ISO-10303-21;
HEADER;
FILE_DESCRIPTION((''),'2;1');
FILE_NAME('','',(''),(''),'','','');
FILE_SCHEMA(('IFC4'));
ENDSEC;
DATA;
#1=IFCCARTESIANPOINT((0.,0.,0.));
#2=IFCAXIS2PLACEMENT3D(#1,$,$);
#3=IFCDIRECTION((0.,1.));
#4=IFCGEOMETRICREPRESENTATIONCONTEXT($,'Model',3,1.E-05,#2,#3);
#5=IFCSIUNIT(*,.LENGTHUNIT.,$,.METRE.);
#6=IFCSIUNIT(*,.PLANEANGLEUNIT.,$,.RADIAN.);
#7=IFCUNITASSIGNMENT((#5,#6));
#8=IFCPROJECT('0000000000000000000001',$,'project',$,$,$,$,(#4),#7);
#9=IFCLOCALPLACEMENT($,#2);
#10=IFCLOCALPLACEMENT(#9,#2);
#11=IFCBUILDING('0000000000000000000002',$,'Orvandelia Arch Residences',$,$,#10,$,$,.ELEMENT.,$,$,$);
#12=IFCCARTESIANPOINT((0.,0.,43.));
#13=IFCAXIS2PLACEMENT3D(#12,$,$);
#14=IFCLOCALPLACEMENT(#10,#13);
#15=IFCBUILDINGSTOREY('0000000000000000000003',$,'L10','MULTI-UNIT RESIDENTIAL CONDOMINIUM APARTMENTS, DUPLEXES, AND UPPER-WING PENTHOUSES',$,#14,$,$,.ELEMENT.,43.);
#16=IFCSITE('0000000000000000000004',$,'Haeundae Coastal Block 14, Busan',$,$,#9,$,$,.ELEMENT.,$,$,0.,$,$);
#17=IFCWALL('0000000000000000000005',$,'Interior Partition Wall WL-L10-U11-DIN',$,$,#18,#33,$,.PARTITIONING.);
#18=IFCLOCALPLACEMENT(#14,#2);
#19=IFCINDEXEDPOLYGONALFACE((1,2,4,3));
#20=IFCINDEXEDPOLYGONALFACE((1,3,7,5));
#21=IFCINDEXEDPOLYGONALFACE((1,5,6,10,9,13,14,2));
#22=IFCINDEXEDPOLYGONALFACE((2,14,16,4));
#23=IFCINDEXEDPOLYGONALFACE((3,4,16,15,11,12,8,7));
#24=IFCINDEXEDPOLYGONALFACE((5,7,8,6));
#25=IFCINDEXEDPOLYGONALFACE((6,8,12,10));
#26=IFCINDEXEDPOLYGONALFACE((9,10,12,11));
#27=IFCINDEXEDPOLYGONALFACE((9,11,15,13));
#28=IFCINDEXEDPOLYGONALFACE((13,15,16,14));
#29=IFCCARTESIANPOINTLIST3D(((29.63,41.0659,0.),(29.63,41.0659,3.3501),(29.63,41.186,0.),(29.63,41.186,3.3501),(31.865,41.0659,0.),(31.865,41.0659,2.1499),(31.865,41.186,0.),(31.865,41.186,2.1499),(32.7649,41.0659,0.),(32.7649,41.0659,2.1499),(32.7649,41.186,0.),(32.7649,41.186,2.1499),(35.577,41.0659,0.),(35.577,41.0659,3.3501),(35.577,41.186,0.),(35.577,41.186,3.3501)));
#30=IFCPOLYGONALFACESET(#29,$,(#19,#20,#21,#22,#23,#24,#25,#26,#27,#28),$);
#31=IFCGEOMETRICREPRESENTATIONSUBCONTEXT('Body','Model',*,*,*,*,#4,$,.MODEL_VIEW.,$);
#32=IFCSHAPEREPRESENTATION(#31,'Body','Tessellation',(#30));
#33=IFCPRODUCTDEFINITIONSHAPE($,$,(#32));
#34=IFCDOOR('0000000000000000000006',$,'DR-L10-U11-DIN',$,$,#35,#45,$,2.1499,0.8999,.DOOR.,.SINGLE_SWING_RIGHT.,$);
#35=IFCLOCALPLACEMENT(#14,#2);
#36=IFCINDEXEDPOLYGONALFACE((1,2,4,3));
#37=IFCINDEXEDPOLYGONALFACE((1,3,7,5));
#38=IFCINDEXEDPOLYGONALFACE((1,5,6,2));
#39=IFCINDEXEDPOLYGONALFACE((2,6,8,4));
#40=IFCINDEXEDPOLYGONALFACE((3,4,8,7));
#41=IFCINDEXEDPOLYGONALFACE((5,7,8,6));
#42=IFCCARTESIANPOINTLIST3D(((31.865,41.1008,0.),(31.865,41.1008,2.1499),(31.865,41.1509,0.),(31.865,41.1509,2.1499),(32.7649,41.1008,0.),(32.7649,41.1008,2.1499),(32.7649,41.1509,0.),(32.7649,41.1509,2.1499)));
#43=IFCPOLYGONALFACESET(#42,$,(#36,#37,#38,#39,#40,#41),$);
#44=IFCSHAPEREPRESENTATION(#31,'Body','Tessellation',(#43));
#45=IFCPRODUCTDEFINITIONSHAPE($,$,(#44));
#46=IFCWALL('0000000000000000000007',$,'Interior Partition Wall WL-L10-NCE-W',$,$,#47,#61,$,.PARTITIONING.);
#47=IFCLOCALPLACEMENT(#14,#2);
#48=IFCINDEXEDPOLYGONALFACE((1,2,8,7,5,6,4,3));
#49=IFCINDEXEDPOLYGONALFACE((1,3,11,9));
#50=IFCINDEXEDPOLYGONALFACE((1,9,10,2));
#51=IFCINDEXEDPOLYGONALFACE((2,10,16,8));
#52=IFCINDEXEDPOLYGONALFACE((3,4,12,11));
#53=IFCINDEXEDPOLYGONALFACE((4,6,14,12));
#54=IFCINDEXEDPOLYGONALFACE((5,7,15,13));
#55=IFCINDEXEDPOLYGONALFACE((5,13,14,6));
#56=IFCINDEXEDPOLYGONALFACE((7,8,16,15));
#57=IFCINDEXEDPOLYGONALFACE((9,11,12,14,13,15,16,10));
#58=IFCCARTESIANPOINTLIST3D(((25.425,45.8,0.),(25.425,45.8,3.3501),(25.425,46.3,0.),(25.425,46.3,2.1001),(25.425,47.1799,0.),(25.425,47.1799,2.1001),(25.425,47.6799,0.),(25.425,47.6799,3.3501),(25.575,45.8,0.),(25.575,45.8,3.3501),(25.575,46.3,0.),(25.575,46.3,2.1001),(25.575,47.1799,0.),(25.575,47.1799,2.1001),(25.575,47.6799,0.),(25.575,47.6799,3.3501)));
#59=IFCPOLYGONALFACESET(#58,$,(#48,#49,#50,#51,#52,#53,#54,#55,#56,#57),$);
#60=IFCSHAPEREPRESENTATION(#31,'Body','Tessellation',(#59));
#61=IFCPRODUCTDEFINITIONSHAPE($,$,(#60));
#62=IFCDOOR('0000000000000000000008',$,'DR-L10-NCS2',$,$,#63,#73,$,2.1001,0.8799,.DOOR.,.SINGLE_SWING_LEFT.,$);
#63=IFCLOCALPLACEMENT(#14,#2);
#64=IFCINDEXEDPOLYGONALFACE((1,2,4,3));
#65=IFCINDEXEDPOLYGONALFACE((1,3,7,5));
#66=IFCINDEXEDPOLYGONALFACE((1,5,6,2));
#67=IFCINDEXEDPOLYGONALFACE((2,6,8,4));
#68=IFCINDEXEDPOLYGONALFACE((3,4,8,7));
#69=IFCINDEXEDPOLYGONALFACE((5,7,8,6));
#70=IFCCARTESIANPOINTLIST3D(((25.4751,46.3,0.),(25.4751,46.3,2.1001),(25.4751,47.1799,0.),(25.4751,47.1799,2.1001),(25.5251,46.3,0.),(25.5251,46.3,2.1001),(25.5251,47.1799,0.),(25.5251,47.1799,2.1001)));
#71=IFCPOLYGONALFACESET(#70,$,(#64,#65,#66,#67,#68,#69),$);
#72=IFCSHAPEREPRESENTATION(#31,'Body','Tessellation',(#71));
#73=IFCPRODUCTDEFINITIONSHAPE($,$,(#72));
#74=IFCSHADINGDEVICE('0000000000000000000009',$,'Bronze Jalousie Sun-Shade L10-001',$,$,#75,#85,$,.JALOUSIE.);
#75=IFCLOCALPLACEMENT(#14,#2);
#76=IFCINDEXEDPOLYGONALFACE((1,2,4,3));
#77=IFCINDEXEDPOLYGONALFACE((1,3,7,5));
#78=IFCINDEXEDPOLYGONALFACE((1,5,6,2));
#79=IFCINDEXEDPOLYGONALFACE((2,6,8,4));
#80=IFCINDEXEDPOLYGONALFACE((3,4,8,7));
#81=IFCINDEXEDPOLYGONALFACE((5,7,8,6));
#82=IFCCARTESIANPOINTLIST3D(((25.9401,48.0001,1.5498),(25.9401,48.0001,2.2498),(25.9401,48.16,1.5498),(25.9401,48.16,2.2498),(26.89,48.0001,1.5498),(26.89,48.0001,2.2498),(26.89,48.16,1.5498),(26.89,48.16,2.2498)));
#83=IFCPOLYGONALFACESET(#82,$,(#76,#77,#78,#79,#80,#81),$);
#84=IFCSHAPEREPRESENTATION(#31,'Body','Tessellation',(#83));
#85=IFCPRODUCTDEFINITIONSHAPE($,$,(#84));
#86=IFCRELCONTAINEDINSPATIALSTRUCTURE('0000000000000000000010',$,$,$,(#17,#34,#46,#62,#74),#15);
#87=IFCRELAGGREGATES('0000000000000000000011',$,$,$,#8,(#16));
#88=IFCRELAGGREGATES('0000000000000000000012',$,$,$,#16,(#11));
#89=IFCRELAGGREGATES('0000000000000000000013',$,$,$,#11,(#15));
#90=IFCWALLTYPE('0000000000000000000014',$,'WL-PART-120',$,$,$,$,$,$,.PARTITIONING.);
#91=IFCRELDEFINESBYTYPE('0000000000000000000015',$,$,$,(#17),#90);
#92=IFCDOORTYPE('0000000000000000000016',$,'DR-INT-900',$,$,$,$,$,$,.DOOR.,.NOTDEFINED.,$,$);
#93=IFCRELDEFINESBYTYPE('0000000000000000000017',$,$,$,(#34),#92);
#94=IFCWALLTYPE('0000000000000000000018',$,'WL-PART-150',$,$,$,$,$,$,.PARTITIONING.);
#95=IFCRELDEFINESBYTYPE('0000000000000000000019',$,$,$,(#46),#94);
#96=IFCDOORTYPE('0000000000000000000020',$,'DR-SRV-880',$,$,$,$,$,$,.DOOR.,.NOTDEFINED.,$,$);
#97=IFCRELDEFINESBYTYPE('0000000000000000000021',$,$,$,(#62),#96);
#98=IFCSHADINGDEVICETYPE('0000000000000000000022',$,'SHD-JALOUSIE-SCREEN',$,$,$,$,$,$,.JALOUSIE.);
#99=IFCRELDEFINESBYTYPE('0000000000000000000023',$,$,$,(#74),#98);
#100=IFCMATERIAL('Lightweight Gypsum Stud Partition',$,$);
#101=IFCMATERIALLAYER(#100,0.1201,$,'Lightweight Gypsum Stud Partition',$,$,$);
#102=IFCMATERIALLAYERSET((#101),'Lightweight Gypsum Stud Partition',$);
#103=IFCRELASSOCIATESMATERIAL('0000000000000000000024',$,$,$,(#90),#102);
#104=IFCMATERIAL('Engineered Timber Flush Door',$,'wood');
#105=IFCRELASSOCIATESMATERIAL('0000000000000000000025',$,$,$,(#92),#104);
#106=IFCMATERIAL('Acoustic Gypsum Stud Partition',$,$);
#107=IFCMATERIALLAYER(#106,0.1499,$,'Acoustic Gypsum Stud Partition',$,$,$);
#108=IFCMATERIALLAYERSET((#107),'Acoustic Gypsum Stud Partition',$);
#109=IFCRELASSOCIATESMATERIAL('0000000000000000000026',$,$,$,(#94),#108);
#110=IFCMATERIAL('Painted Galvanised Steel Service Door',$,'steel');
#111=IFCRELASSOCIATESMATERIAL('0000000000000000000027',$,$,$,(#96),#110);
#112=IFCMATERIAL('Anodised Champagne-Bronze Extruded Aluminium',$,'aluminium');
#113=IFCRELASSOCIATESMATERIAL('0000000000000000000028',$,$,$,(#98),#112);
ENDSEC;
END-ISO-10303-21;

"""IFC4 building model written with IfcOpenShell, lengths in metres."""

from ifc_helpers import new_model, si_unit, direction, frame, frame_2d, origin, origin_2d, place, context, subcontext, project, spatial, rectangle, extrude, material, layer, layer_set, type_object, element, fill, save


model = new_model("IFC4")

# Units and contexts
model_context = context("Model", 3, precision=1e-05, world=origin(), true_north=direction((0.0, 1.0)))
body_context = subcontext(model_context, "Body", "Model", "MODEL_VIEW")
ifc_project = project(units=[si_unit("LENGTHUNIT", "METRE"), si_unit("PLANEANGLEUNIT", "RADIAN")], contexts=[model_context])

# Site, building, storey
site_placement = place(None, origin())
site = spatial("IfcSite", under=ifc_project, at=site_placement, Name="Haeundae Coastal Block 14, Busan", CompositionType="ELEMENT", RefElevation=0.0)
building_placement = place(site_placement, origin())
building = spatial("IfcBuilding", under=site, at=building_placement, Name="Orvandelia Arch Residences", CompositionType="ELEMENT")
storey_placement = place(building_placement, frame((0.0, 0.0, 43.0)))
storey = spatial("IfcBuildingStorey", under=building, at=storey_placement, Name="L10", Description="MULTI-UNIT RESIDENTIAL CONDOMINIUM APARTMENTS, DUPLEXES, AND UPPER-WING PENTHOUSES", CompositionType="ELEMENT", Elevation=43.0)

# Walls, openings, doors
ifc_material_1 = material(Name="Lightweight Gypsum Stud Partition")
ifc_layer_1 = layer(ifc_material_1, 0.1201, Name="Lightweight Gypsum Stud Partition")
ifc_layer_set_1 = layer_set([ifc_layer_1], Name="Lightweight Gypsum Stud Partition")
wall_type_1 = type_object("IfcWallType", Name="WL-PART-120", PredefinedType="PARTITIONING", material=ifc_layer_set_1)
wall_1_placement = place(storey_placement, frame((29.6299, 41.126, 0.0), z_axis=(0.0, 0.0, 1.0), x_axis=(1.0, 0.0, 0.0)))
wall_1 = element("IfcWall", 1, at=wall_1_placement, inside=storey, type_object=wall_type_1, Name="Interior Partition Wall WL-L10-U11-DIN", PredefinedType="PARTITIONING", context=body_context, shape_type="SweptSolid", body=[
    extrude(rectangle(XDim=5.947, YDim=0.1201, at=frame_2d((2.9736, 0.0))), origin(), (0.0, 0.0, 1.0), 3.3501),
])
opening_1_placement = place(wall_1_placement, frame((2.2351, 0.0, 0.0)))
opening_1 = element("IfcOpeningElement", 2, at=opening_1_placement, cuts=wall_1, PredefinedType="OPENING", context=body_context, shape_type="SweptSolid", body=[
    extrude(rectangle(XDim=0.8999, YDim=2.1499, at=frame_2d((0.45, 1.075))), frame((0.0, 0.0701, 0.0), z_axis=(0.0, -1.0, 0.0), x_axis=(1.0, 0.0, 0.0)), (0.0, 0.0, 1.0), 0.1401),
])
ifc_material_2 = material(Name="Engineered Timber Flush Door", Category="wood")
door_type_1 = type_object("IfcDoorType", Name="DR-INT-900", OperationType="NOTDEFINED", PredefinedType="DOOR", material=ifc_material_2)
door_1_placement = place(opening_1_placement, origin())
door_1 = element("IfcDoor", 3, at=door_1_placement, inside=storey, type_object=door_type_1, Name="DR-L10-U11-DIN", OperationType="SINGLE_SWING_RIGHT", OverallHeight=2.1499, OverallWidth=0.8999, PredefinedType="DOOR", context=body_context, shape_type="SweptSolid", body=[
    extrude(rectangle(XDim=0.8999, YDim=2.1499, at=frame_2d((0.45, 1.075))), frame((0.0, 0.0249, 0.0), z_axis=(0.0, -1.0, 0.0), x_axis=(1.0, 0.0, 0.0)), (0.0, 0.0, 1.0), 0.05),
])
fill(opening_1, door_1)
ifc_material_3 = material(Name="Acoustic Gypsum Stud Partition")
ifc_layer_2 = layer(ifc_material_3, 0.1499, Name="Acoustic Gypsum Stud Partition")
ifc_layer_set_2 = layer_set([ifc_layer_2], Name="Acoustic Gypsum Stud Partition")
wall_type_2 = type_object("IfcWallType", Name="WL-PART-150", PredefinedType="PARTITIONING", material=ifc_layer_set_2)
wall_2_placement = place(storey_placement, frame((25.5, 45.8, 0.0), z_axis=(0.0, 0.0, 1.0), x_axis=(0.0, 1.0, 0.0)))
wall_2 = element("IfcWall", 4, at=wall_2_placement, inside=storey, type_object=wall_type_2, Name="Interior Partition Wall WL-L10-NCE-W", PredefinedType="PARTITIONING", context=body_context, shape_type="SweptSolid", body=[
    extrude(rectangle(XDim=1.8799, YDim=0.1499, at=frame_2d((0.9399, 0.0))), origin(), (0.0, 0.0, 1.0), 3.3501),
])
opening_2_placement = place(wall_2_placement, frame((0.5, 0.0, 0.0)))
opening_2 = element("IfcOpeningElement", 5, at=opening_2_placement, cuts=wall_2, PredefinedType="OPENING", context=body_context, shape_type="SweptSolid", body=[
    extrude(rectangle(XDim=0.8799, YDim=2.1001, at=frame_2d((0.4399, 1.05))), frame((0.0, 0.085, 0.0), z_axis=(0.0, -1.0, 0.0), x_axis=(1.0, 0.0, 0.0)), (0.0, 0.0, 1.0), 0.1699),
])
ifc_material_4 = material(Name="Painted Galvanised Steel Service Door", Category="steel")
door_type_2 = type_object("IfcDoorType", Name="DR-SRV-880", OperationType="NOTDEFINED", PredefinedType="DOOR", material=ifc_material_4)
door_2_placement = place(opening_2_placement, origin())
door_2 = element("IfcDoor", 6, at=door_2_placement, inside=storey, type_object=door_type_2, Name="DR-L10-NCS2", OperationType="SINGLE_SWING_LEFT", OverallHeight=2.1001, OverallWidth=0.8799, PredefinedType="DOOR", context=body_context, shape_type="SweptSolid", body=[
    extrude(rectangle(XDim=0.8799, YDim=2.1001, at=frame_2d((0.4399, 1.05))), frame((0.0, 0.0249, 0.0), z_axis=(0.0, -1.0, 0.0), x_axis=(1.0, 0.0, 0.0)), (0.0, 0.0, 1.0), 0.05),
])
fill(opening_2, door_2)

# Shading device
ifc_material_5 = material(Name="Anodised Champagne-Bronze Extruded Aluminium", Category="aluminium")
shading_device_type = type_object("IfcShadingDeviceType", Name="SHD-JALOUSIE-SCREEN", PredefinedType="JALOUSIE", material=ifc_material_5)
shading_device_placement = place(storey_placement, frame((26.415, 48.0801, 1.5498), z_axis=(0.0, 0.0, 1.0), x_axis=(1.0, 0.0, 0.0)))
element("IfcShadingDevice", 7, at=shading_device_placement, inside=storey, type_object=shading_device_type, Name="Bronze Jalousie Sun-Shade L10-001", PredefinedType="JALOUSIE", context=body_context, shape_type="SweptSolid", body=[
    extrude(rectangle(XDim=0.95, YDim=0.1599, at=origin_2d()), origin(), (0.0, 0.0, 1.0), 0.7),
])

save(model, "model.ifc")
